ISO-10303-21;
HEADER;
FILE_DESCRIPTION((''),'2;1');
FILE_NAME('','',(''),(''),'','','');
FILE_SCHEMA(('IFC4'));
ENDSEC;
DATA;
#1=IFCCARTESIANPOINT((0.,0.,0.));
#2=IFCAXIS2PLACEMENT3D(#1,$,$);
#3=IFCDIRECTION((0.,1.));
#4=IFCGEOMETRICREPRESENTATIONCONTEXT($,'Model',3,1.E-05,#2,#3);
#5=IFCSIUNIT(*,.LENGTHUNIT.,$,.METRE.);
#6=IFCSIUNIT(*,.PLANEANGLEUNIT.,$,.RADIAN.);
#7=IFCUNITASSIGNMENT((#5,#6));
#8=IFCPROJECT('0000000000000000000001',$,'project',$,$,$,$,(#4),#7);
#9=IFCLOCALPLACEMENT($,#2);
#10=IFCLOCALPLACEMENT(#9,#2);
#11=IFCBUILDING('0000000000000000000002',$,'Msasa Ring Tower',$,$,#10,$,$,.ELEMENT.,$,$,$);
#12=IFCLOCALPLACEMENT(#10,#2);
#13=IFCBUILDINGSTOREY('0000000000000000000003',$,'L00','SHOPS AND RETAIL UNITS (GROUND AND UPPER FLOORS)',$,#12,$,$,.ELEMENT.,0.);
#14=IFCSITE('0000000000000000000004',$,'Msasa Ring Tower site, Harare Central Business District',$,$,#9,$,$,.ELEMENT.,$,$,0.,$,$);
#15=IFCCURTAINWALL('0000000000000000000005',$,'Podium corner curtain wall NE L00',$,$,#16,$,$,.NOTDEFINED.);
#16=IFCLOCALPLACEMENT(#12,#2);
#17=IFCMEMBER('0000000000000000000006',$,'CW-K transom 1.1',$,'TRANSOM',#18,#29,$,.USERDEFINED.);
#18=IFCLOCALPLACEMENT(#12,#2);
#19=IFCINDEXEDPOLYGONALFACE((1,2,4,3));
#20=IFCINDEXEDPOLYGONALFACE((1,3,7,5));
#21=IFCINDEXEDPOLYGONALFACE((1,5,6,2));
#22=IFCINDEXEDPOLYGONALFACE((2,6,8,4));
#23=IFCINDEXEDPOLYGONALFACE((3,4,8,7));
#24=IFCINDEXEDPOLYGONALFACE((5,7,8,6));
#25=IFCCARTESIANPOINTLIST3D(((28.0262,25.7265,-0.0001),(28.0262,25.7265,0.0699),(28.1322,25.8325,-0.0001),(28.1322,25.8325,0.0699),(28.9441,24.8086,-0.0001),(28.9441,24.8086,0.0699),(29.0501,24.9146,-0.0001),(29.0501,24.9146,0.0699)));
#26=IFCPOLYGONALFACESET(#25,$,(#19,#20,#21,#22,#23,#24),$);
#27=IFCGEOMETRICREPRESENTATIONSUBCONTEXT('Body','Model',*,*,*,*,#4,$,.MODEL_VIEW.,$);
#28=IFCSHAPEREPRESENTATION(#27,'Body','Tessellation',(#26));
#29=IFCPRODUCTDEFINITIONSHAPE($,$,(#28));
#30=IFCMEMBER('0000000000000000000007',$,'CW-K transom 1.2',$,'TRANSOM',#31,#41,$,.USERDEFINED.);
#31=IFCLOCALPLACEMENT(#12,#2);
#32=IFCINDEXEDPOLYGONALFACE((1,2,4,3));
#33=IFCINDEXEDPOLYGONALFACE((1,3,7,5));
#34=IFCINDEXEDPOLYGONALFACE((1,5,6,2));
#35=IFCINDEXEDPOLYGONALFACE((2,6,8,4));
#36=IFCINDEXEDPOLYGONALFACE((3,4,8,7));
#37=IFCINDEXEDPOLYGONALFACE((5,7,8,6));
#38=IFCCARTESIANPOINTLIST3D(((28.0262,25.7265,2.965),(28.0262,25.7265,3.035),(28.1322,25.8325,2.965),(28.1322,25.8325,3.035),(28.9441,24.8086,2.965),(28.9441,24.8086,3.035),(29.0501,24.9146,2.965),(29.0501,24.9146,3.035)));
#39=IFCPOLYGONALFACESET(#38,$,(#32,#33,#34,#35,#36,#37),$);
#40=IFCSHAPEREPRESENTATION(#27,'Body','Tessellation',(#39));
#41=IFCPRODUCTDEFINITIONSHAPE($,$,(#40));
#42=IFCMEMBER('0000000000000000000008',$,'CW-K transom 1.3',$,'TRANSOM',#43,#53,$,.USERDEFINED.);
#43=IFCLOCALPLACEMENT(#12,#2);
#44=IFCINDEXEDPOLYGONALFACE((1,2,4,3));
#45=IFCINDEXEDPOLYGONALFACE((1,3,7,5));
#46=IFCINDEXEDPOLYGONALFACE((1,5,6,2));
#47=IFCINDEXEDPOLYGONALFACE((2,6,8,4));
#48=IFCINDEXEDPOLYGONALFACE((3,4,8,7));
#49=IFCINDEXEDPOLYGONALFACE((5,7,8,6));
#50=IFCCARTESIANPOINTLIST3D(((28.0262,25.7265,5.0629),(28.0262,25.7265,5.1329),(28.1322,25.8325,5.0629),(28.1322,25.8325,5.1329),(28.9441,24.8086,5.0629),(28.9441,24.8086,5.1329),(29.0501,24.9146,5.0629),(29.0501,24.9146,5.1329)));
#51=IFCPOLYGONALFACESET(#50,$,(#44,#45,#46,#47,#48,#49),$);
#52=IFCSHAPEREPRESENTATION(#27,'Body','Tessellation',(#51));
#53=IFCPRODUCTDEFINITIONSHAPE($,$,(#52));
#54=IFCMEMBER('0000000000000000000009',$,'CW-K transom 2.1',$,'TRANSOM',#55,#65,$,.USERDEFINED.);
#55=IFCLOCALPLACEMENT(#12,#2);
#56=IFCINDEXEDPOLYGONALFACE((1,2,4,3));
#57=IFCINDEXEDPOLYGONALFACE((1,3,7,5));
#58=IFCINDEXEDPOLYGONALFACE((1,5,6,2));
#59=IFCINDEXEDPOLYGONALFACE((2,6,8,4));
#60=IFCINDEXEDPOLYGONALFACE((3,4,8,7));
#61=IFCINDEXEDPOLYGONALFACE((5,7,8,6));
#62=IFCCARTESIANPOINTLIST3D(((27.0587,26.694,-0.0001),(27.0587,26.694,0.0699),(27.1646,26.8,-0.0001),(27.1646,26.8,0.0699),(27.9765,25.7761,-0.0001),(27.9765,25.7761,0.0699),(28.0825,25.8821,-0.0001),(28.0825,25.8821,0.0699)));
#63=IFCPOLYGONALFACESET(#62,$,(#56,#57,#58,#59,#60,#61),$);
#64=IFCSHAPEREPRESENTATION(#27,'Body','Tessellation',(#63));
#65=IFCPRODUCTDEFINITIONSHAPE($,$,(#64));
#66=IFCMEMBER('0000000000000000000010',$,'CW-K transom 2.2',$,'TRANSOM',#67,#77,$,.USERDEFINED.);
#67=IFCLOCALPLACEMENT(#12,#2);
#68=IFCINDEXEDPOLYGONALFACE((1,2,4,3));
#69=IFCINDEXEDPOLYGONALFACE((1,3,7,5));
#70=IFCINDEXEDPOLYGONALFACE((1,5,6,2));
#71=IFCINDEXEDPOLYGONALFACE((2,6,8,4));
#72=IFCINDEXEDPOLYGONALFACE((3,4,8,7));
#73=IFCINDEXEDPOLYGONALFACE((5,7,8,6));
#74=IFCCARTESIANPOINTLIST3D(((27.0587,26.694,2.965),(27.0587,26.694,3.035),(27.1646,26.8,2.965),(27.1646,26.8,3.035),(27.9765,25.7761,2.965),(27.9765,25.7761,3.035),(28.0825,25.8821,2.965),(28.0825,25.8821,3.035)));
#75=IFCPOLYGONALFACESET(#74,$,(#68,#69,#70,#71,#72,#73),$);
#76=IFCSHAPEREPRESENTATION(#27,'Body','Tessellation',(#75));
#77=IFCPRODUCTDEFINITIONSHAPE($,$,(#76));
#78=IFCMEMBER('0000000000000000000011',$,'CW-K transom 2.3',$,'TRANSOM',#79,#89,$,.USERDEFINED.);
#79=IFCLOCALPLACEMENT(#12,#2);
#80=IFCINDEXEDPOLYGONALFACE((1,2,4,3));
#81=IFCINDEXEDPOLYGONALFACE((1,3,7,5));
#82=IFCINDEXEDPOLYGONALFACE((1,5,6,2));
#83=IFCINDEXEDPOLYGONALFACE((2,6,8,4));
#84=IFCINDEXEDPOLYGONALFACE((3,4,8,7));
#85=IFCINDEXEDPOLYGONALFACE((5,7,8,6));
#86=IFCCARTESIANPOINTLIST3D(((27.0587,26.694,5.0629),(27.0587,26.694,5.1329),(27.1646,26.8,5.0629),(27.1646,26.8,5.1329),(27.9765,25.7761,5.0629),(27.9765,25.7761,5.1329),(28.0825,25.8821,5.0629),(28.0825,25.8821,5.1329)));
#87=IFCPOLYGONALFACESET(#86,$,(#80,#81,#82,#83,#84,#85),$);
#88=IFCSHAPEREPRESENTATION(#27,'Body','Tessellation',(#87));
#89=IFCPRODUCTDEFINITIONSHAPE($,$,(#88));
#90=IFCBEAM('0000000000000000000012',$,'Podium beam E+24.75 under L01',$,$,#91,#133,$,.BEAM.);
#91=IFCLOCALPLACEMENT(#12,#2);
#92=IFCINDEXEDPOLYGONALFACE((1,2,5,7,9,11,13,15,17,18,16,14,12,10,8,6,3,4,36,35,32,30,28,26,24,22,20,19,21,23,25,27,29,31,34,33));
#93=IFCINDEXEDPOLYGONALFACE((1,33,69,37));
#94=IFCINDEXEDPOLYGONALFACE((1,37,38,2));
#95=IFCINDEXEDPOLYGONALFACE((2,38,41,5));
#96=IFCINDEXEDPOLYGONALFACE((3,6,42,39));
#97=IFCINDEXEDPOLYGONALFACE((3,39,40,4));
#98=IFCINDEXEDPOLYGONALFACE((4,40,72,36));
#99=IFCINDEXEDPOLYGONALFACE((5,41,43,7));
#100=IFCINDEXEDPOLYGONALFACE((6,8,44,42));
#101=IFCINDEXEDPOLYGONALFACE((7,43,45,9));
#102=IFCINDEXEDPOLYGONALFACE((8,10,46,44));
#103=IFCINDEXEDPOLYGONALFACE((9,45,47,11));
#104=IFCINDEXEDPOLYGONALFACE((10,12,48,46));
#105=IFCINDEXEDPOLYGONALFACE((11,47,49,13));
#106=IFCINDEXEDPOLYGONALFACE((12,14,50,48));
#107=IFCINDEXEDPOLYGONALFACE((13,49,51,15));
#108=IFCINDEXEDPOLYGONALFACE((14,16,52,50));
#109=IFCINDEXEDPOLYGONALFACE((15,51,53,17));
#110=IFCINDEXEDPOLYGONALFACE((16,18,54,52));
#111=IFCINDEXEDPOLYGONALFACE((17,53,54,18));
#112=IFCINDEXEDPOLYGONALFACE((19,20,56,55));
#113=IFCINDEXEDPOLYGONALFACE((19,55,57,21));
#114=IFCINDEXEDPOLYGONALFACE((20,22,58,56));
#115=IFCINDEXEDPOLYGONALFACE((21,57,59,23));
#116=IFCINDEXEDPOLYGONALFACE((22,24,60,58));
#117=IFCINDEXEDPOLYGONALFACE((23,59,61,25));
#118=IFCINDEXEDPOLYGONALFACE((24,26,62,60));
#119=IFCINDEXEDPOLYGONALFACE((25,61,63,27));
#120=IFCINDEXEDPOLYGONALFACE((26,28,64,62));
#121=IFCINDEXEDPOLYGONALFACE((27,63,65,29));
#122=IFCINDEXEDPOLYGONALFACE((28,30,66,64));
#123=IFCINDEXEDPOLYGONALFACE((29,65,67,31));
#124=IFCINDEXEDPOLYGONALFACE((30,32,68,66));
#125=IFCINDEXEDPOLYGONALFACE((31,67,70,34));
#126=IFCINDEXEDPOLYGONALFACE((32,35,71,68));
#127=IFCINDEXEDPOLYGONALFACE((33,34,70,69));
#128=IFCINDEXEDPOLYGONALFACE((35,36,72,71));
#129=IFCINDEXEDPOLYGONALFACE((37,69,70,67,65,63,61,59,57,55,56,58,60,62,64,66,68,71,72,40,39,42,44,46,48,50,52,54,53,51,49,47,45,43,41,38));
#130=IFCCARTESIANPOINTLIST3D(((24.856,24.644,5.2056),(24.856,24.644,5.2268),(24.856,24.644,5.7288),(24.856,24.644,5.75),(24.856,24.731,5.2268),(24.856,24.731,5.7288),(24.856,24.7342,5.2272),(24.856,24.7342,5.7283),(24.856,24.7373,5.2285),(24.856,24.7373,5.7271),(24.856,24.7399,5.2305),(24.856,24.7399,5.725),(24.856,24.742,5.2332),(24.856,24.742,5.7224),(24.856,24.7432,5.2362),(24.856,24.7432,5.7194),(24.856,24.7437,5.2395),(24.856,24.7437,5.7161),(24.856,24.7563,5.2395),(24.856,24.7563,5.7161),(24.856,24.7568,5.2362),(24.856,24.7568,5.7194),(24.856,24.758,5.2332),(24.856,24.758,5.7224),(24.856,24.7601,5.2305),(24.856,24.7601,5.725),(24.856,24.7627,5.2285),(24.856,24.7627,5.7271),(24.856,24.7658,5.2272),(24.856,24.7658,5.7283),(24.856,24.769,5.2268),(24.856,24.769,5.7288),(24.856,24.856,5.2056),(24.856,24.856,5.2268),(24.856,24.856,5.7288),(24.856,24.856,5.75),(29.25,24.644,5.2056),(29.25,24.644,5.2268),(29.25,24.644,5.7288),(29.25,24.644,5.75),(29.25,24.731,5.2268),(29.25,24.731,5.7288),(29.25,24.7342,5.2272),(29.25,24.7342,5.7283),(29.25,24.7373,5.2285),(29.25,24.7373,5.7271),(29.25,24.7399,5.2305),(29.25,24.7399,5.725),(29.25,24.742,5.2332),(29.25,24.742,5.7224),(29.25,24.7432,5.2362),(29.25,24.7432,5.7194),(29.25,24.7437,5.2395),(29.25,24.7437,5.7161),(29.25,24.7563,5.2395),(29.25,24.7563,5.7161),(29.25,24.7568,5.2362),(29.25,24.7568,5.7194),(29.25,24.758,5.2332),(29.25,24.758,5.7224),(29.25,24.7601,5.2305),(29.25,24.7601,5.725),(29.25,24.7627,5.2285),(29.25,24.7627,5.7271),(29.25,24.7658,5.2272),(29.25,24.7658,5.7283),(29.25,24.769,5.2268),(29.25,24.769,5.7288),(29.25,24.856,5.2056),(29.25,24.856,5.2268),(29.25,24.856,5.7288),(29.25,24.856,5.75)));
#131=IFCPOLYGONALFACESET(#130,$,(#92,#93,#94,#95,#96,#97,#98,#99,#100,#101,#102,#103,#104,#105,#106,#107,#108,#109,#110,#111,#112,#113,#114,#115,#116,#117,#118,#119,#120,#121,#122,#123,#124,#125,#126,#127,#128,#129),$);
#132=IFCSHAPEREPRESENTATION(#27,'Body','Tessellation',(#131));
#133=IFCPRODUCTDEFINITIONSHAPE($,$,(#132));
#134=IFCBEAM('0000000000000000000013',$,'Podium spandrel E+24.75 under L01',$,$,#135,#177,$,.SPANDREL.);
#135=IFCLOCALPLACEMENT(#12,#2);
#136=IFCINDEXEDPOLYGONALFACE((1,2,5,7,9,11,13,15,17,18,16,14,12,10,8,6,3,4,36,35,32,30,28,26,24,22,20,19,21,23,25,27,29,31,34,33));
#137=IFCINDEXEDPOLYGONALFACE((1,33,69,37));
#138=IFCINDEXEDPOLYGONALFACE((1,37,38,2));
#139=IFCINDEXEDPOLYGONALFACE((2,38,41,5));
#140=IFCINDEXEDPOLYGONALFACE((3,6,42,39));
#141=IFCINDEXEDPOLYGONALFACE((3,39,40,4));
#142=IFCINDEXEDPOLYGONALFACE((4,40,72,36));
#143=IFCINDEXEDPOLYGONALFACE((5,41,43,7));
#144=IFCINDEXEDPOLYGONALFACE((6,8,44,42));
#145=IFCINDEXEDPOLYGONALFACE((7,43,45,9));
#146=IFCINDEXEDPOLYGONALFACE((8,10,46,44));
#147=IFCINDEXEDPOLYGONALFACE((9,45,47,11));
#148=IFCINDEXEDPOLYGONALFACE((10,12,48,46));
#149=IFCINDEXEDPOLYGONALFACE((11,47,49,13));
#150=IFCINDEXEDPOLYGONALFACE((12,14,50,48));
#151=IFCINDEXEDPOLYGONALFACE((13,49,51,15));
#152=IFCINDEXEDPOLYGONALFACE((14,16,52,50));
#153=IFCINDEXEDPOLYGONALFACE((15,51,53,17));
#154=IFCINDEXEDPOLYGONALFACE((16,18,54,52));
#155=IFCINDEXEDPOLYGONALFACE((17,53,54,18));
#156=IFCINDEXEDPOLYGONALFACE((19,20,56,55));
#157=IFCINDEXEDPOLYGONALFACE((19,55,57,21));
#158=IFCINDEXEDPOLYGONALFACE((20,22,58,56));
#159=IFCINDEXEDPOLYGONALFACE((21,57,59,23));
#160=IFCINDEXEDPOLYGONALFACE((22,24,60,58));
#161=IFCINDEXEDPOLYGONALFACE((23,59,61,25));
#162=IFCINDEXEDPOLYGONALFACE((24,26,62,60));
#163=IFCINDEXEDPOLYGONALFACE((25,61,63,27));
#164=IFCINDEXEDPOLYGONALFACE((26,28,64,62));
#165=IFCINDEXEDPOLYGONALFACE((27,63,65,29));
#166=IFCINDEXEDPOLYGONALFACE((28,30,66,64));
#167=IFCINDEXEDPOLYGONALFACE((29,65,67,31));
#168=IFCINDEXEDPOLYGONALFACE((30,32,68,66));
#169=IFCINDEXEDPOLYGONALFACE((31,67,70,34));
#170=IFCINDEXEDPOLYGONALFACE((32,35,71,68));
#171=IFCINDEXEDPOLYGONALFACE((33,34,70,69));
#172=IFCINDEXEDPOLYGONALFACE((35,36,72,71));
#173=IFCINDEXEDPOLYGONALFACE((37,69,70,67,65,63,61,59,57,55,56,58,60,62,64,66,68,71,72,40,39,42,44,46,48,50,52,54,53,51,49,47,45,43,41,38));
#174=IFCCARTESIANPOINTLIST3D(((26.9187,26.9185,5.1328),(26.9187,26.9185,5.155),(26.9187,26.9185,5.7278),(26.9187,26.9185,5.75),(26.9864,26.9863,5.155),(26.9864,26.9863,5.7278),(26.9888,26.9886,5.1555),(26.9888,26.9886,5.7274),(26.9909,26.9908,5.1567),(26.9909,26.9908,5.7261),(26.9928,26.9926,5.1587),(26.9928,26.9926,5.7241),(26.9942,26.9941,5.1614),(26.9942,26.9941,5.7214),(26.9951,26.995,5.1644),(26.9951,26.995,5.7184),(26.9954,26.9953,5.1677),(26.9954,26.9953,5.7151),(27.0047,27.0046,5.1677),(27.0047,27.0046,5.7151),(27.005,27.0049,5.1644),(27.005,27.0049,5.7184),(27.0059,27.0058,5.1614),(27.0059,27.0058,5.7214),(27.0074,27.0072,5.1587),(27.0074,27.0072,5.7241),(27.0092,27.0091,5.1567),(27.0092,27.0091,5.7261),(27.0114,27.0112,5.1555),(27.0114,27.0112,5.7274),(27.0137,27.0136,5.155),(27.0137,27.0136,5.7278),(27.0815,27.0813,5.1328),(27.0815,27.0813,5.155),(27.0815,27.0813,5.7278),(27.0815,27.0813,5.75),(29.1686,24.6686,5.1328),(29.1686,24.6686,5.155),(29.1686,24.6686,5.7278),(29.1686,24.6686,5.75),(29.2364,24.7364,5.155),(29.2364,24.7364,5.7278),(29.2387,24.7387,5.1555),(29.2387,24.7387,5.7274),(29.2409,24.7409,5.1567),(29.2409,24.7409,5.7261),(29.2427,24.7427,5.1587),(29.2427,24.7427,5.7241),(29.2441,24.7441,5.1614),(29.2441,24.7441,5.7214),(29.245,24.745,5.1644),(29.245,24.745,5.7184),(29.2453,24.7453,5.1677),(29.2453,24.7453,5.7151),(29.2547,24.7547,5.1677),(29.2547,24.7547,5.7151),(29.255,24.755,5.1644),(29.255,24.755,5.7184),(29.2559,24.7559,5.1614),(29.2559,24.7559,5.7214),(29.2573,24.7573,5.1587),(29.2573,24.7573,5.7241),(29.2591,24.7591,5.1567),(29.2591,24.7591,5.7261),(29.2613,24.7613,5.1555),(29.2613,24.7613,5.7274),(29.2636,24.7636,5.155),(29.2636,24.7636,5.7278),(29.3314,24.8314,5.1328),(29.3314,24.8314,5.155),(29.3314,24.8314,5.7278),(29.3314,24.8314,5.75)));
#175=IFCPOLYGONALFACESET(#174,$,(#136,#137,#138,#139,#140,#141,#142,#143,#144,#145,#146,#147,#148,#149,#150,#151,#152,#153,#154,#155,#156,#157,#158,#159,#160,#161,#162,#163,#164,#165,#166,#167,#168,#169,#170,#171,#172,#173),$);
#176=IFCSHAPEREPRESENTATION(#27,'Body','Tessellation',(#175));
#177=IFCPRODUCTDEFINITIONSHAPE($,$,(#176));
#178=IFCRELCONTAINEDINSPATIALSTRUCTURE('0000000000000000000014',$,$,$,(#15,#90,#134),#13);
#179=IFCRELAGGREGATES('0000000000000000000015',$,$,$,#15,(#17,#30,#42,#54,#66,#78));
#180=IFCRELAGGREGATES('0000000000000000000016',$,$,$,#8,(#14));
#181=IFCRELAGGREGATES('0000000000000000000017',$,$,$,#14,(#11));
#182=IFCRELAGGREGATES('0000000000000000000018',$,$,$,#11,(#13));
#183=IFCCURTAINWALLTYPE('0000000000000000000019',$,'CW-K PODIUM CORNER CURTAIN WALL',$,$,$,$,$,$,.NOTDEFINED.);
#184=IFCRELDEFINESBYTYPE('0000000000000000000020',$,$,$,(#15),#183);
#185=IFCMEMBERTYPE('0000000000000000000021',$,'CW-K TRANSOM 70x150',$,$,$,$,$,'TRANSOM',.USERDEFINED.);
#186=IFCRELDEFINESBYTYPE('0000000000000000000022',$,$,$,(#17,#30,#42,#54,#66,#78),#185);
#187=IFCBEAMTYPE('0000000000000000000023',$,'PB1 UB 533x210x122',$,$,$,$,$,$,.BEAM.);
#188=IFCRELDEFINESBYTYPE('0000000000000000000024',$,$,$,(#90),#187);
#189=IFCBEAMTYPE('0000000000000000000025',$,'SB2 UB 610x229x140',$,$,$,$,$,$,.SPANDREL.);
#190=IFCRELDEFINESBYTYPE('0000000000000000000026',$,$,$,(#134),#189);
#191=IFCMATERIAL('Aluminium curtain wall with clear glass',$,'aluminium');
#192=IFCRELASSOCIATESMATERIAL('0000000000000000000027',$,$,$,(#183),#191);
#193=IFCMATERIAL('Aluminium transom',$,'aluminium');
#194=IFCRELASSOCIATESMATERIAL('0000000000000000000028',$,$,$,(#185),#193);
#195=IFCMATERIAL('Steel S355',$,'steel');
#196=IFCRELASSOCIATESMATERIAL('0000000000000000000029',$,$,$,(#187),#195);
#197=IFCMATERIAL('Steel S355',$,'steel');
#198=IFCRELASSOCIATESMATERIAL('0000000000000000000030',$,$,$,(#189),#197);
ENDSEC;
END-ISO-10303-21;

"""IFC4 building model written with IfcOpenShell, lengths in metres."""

from ifc_helpers import new_model, si_unit, direction, frame, origin, origin_2d, place, context, subcontext, project, spatial, rectangle, i_section, extrude, material, material_profile, profile_set, type_object, element, aggregate, save


model = new_model("IFC4")

# Units and contexts
model_context = context("Model", 3, precision=1e-05, world=origin(), true_north=direction((0.0, 1.0)))
body_context = subcontext(model_context, "Body", "Model", "MODEL_VIEW")
ifc_project = project(units=[si_unit("LENGTHUNIT", "METRE"), si_unit("PLANEANGLEUNIT", "RADIAN")], contexts=[model_context])

# Site, building, storey
site_placement = place(None, origin())
site = spatial("IfcSite", under=ifc_project, at=site_placement, Name="Msasa Ring Tower site, Harare Central Business District", CompositionType="ELEMENT", RefElevation=0.0)
building_placement = place(site_placement, origin())
building = spatial("IfcBuilding", under=site, at=building_placement, Name="Msasa Ring Tower", CompositionType="ELEMENT")
storey_placement = place(building_placement, origin())
storey = spatial("IfcBuildingStorey", under=building, at=storey_placement, Name="L00", Description="SHOPS AND RETAIL UNITS (GROUND AND UPPER FLOORS)", CompositionType="ELEMENT", Elevation=0.0)

# Curtain wall
ifc_material_1 = material(Name="Aluminium curtain wall with clear glass", Category="aluminium")
curtain_wall_type = type_object("IfcCurtainWallType", Name="CW-K PODIUM CORNER CURTAIN WALL", PredefinedType="NOTDEFINED", material=ifc_material_1)
curtain_wall_1_placement = place(storey_placement, origin())
curtain_wall_1 = element("IfcCurtainWall", 1, at=curtain_wall_1_placement, inside=storey, type_object=curtain_wall_type, Name="Podium corner curtain wall NE L00", PredefinedType="NOTDEFINED")

# Members
ifc_material_2 = material(Name="Aluminium transom", Category="aluminium")
ifc_material_profile_1 = material_profile(ifc_material_2, rectangle(XDim=0.1499, YDim=0.0701, at=origin_2d()), Name="AL 70x150")
ifc_profile_set_1 = profile_set([ifc_material_profile_1], Name="Aluminium transom")
member_type_1 = type_object("IfcMemberType", Name="CW-K TRANSOM 70x150", ElementType="TRANSOM", PredefinedType="USERDEFINED", material=ifc_profile_set_1)
member_1_placement = place(storey_placement, frame((28.9971, 24.8616, 0.0349), z_axis=(-0.707107, 0.707107, 0.0), x_axis=(-0.707107, -0.707107, 0.0)))
member_1 = element("IfcMember", 2, at=member_1_placement, type_object=member_type_1, Name="CW-K transom 1.1", ObjectType="TRANSOM", PredefinedType="USERDEFINED", context=body_context, shape_type="SweptSolid", body=[
    extrude(rectangle(XDim=0.1499, YDim=0.0701, at=origin_2d()), origin(), (0.0, 0.0, 1.0), 1.2981),
])
member_2_placement = place(storey_placement, frame((28.9971, 24.8616, 3.0), z_axis=(-0.707107, 0.707107, 0.0), x_axis=(-0.707107, -0.707107, 0.0)))
member_2 = element("IfcMember", 3, at=member_2_placement, type_object=member_type_1, Name="CW-K transom 1.2", ObjectType="TRANSOM", PredefinedType="USERDEFINED", context=body_context, shape_type="SweptSolid", body=[
    extrude(rectangle(XDim=0.1499, YDim=0.0701, at=origin_2d()), origin(), (0.0, 0.0, 1.0), 1.2981),
])
member_3_placement = place(storey_placement, frame((28.9971, 24.8616, 5.0979), z_axis=(-0.707107, 0.707107, 0.0), x_axis=(-0.707107, -0.707107, 0.0)))
member_3 = element("IfcMember", 4, at=member_3_placement, type_object=member_type_1, Name="CW-K transom 1.3", ObjectType="TRANSOM", PredefinedType="USERDEFINED", context=body_context, shape_type="SweptSolid", body=[
    extrude(rectangle(XDim=0.1499, YDim=0.0701, at=origin_2d()), origin(), (0.0, 0.0, 1.0), 1.2981),
])
member_4_placement = place(storey_placement, frame((28.0295, 25.8291, 0.0349), z_axis=(-0.707107, 0.707107, 0.0), x_axis=(-0.707107, -0.707107, 0.0)))
member_4 = element("IfcMember", 5, at=member_4_placement, type_object=member_type_1, Name="CW-K transom 2.1", ObjectType="TRANSOM", PredefinedType="USERDEFINED", context=body_context, shape_type="SweptSolid", body=[
    extrude(rectangle(XDim=0.1499, YDim=0.0701, at=origin_2d()), origin(), (0.0, 0.0, 1.0), 1.2981),
])
member_5_placement = place(storey_placement, frame((28.0295, 25.8291, 3.0), z_axis=(-0.707107, 0.707107, 0.0), x_axis=(-0.707107, -0.707107, 0.0)))
member_5 = element("IfcMember", 6, at=member_5_placement, type_object=member_type_1, Name="CW-K transom 2.2", ObjectType="TRANSOM", PredefinedType="USERDEFINED", context=body_context, shape_type="SweptSolid", body=[
    extrude(rectangle(XDim=0.1499, YDim=0.0701, at=origin_2d()), origin(), (0.0, 0.0, 1.0), 1.2981),
])
member_6_placement = place(storey_placement, frame((28.0295, 25.8291, 5.0979), z_axis=(-0.707107, 0.707107, 0.0), x_axis=(-0.707107, -0.707107, 0.0)))
member_6 = element("IfcMember", 7, at=member_6_placement, type_object=member_type_1, Name="CW-K transom 2.3", ObjectType="TRANSOM", PredefinedType="USERDEFINED", context=body_context, shape_type="SweptSolid", body=[
    extrude(rectangle(XDim=0.1499, YDim=0.0701, at=origin_2d()), origin(), (0.0, 0.0, 1.0), 1.2981),
])

# Beams
ifc_material_3 = material(Name="Steel S355", Category="steel")
ifc_material_profile_2 = material_profile(ifc_material_3, i_section(OverallWidth=0.2119, OverallDepth=0.5444, WebThickness=0.0127, FlangeThickness=0.0212, FilletRadius=0.0127, at=origin_2d()), Name="UB 533x210x122")
ifc_profile_set_2 = profile_set([ifc_material_profile_2], Name="Steel S355")
beam_type_1 = type_object("IfcBeamType", Name="PB1 UB 533x210x122", PredefinedType="BEAM", material=ifc_profile_set_2)
beam_placement = place(storey_placement, frame((29.25, 24.75, 5.4778), z_axis=(-1.0, 0.0, 0.0), x_axis=(0.0, -1.0, 0.0)))
element("IfcBeam", 8, at=beam_placement, inside=storey, type_object=beam_type_1, Name="Podium beam E+24.75 under L01", PredefinedType="BEAM", context=body_context, shape_type="SweptSolid", body=[
    extrude(i_section(OverallWidth=0.2119, OverallDepth=0.5444, WebThickness=0.0127, FlangeThickness=0.0212, FilletRadius=0.0127, at=origin_2d()), origin(), (0.0, 0.0, 1.0), 4.394),
])
ifc_material_4 = material(Name="Steel S355", Category="steel")
ifc_material_profile_3 = material_profile(ifc_material_4, i_section(OverallWidth=0.2302, OverallDepth=0.6172, WebThickness=0.0132, FlangeThickness=0.0222, FilletRadius=0.0127, at=origin_2d()), Name="UB 610x229x140")
ifc_profile_set_3 = profile_set([ifc_material_profile_3], Name="Steel S355")
beam_type_2 = type_object("IfcBeamType", Name="SB2 UB 610x229x140", PredefinedType="SPANDREL", material=ifc_profile_set_3)
for number, where, z_axis, x_axis, name in (
    (9, (29.25, 24.75, 5.4414), (-0.707107, 0.707107, 0.0), (-0.707107, -0.707107, 0.0), "Podium spandrel E+24.75 under L01"),
):
    element("IfcBeam", number, at=place(storey_placement, frame(where, z_axis=z_axis, x_axis=x_axis)), inside=storey, type_object=beam_type_2, Name=name, PredefinedType="SPANDREL", context=body_context, shape_type="SweptSolid", body=[
        extrude(i_section(OverallWidth=0.2302, OverallDepth=0.6172, WebThickness=0.0132, FlangeThickness=0.0222, FilletRadius=0.0127, at=origin_2d()), origin(), (0.0, 0.0, 1.0), 3.1819),
    ])

aggregate(curtain_wall_1, [member_1, member_2, member_3, member_4, member_5, member_6])

save(model, "model.ifc")
